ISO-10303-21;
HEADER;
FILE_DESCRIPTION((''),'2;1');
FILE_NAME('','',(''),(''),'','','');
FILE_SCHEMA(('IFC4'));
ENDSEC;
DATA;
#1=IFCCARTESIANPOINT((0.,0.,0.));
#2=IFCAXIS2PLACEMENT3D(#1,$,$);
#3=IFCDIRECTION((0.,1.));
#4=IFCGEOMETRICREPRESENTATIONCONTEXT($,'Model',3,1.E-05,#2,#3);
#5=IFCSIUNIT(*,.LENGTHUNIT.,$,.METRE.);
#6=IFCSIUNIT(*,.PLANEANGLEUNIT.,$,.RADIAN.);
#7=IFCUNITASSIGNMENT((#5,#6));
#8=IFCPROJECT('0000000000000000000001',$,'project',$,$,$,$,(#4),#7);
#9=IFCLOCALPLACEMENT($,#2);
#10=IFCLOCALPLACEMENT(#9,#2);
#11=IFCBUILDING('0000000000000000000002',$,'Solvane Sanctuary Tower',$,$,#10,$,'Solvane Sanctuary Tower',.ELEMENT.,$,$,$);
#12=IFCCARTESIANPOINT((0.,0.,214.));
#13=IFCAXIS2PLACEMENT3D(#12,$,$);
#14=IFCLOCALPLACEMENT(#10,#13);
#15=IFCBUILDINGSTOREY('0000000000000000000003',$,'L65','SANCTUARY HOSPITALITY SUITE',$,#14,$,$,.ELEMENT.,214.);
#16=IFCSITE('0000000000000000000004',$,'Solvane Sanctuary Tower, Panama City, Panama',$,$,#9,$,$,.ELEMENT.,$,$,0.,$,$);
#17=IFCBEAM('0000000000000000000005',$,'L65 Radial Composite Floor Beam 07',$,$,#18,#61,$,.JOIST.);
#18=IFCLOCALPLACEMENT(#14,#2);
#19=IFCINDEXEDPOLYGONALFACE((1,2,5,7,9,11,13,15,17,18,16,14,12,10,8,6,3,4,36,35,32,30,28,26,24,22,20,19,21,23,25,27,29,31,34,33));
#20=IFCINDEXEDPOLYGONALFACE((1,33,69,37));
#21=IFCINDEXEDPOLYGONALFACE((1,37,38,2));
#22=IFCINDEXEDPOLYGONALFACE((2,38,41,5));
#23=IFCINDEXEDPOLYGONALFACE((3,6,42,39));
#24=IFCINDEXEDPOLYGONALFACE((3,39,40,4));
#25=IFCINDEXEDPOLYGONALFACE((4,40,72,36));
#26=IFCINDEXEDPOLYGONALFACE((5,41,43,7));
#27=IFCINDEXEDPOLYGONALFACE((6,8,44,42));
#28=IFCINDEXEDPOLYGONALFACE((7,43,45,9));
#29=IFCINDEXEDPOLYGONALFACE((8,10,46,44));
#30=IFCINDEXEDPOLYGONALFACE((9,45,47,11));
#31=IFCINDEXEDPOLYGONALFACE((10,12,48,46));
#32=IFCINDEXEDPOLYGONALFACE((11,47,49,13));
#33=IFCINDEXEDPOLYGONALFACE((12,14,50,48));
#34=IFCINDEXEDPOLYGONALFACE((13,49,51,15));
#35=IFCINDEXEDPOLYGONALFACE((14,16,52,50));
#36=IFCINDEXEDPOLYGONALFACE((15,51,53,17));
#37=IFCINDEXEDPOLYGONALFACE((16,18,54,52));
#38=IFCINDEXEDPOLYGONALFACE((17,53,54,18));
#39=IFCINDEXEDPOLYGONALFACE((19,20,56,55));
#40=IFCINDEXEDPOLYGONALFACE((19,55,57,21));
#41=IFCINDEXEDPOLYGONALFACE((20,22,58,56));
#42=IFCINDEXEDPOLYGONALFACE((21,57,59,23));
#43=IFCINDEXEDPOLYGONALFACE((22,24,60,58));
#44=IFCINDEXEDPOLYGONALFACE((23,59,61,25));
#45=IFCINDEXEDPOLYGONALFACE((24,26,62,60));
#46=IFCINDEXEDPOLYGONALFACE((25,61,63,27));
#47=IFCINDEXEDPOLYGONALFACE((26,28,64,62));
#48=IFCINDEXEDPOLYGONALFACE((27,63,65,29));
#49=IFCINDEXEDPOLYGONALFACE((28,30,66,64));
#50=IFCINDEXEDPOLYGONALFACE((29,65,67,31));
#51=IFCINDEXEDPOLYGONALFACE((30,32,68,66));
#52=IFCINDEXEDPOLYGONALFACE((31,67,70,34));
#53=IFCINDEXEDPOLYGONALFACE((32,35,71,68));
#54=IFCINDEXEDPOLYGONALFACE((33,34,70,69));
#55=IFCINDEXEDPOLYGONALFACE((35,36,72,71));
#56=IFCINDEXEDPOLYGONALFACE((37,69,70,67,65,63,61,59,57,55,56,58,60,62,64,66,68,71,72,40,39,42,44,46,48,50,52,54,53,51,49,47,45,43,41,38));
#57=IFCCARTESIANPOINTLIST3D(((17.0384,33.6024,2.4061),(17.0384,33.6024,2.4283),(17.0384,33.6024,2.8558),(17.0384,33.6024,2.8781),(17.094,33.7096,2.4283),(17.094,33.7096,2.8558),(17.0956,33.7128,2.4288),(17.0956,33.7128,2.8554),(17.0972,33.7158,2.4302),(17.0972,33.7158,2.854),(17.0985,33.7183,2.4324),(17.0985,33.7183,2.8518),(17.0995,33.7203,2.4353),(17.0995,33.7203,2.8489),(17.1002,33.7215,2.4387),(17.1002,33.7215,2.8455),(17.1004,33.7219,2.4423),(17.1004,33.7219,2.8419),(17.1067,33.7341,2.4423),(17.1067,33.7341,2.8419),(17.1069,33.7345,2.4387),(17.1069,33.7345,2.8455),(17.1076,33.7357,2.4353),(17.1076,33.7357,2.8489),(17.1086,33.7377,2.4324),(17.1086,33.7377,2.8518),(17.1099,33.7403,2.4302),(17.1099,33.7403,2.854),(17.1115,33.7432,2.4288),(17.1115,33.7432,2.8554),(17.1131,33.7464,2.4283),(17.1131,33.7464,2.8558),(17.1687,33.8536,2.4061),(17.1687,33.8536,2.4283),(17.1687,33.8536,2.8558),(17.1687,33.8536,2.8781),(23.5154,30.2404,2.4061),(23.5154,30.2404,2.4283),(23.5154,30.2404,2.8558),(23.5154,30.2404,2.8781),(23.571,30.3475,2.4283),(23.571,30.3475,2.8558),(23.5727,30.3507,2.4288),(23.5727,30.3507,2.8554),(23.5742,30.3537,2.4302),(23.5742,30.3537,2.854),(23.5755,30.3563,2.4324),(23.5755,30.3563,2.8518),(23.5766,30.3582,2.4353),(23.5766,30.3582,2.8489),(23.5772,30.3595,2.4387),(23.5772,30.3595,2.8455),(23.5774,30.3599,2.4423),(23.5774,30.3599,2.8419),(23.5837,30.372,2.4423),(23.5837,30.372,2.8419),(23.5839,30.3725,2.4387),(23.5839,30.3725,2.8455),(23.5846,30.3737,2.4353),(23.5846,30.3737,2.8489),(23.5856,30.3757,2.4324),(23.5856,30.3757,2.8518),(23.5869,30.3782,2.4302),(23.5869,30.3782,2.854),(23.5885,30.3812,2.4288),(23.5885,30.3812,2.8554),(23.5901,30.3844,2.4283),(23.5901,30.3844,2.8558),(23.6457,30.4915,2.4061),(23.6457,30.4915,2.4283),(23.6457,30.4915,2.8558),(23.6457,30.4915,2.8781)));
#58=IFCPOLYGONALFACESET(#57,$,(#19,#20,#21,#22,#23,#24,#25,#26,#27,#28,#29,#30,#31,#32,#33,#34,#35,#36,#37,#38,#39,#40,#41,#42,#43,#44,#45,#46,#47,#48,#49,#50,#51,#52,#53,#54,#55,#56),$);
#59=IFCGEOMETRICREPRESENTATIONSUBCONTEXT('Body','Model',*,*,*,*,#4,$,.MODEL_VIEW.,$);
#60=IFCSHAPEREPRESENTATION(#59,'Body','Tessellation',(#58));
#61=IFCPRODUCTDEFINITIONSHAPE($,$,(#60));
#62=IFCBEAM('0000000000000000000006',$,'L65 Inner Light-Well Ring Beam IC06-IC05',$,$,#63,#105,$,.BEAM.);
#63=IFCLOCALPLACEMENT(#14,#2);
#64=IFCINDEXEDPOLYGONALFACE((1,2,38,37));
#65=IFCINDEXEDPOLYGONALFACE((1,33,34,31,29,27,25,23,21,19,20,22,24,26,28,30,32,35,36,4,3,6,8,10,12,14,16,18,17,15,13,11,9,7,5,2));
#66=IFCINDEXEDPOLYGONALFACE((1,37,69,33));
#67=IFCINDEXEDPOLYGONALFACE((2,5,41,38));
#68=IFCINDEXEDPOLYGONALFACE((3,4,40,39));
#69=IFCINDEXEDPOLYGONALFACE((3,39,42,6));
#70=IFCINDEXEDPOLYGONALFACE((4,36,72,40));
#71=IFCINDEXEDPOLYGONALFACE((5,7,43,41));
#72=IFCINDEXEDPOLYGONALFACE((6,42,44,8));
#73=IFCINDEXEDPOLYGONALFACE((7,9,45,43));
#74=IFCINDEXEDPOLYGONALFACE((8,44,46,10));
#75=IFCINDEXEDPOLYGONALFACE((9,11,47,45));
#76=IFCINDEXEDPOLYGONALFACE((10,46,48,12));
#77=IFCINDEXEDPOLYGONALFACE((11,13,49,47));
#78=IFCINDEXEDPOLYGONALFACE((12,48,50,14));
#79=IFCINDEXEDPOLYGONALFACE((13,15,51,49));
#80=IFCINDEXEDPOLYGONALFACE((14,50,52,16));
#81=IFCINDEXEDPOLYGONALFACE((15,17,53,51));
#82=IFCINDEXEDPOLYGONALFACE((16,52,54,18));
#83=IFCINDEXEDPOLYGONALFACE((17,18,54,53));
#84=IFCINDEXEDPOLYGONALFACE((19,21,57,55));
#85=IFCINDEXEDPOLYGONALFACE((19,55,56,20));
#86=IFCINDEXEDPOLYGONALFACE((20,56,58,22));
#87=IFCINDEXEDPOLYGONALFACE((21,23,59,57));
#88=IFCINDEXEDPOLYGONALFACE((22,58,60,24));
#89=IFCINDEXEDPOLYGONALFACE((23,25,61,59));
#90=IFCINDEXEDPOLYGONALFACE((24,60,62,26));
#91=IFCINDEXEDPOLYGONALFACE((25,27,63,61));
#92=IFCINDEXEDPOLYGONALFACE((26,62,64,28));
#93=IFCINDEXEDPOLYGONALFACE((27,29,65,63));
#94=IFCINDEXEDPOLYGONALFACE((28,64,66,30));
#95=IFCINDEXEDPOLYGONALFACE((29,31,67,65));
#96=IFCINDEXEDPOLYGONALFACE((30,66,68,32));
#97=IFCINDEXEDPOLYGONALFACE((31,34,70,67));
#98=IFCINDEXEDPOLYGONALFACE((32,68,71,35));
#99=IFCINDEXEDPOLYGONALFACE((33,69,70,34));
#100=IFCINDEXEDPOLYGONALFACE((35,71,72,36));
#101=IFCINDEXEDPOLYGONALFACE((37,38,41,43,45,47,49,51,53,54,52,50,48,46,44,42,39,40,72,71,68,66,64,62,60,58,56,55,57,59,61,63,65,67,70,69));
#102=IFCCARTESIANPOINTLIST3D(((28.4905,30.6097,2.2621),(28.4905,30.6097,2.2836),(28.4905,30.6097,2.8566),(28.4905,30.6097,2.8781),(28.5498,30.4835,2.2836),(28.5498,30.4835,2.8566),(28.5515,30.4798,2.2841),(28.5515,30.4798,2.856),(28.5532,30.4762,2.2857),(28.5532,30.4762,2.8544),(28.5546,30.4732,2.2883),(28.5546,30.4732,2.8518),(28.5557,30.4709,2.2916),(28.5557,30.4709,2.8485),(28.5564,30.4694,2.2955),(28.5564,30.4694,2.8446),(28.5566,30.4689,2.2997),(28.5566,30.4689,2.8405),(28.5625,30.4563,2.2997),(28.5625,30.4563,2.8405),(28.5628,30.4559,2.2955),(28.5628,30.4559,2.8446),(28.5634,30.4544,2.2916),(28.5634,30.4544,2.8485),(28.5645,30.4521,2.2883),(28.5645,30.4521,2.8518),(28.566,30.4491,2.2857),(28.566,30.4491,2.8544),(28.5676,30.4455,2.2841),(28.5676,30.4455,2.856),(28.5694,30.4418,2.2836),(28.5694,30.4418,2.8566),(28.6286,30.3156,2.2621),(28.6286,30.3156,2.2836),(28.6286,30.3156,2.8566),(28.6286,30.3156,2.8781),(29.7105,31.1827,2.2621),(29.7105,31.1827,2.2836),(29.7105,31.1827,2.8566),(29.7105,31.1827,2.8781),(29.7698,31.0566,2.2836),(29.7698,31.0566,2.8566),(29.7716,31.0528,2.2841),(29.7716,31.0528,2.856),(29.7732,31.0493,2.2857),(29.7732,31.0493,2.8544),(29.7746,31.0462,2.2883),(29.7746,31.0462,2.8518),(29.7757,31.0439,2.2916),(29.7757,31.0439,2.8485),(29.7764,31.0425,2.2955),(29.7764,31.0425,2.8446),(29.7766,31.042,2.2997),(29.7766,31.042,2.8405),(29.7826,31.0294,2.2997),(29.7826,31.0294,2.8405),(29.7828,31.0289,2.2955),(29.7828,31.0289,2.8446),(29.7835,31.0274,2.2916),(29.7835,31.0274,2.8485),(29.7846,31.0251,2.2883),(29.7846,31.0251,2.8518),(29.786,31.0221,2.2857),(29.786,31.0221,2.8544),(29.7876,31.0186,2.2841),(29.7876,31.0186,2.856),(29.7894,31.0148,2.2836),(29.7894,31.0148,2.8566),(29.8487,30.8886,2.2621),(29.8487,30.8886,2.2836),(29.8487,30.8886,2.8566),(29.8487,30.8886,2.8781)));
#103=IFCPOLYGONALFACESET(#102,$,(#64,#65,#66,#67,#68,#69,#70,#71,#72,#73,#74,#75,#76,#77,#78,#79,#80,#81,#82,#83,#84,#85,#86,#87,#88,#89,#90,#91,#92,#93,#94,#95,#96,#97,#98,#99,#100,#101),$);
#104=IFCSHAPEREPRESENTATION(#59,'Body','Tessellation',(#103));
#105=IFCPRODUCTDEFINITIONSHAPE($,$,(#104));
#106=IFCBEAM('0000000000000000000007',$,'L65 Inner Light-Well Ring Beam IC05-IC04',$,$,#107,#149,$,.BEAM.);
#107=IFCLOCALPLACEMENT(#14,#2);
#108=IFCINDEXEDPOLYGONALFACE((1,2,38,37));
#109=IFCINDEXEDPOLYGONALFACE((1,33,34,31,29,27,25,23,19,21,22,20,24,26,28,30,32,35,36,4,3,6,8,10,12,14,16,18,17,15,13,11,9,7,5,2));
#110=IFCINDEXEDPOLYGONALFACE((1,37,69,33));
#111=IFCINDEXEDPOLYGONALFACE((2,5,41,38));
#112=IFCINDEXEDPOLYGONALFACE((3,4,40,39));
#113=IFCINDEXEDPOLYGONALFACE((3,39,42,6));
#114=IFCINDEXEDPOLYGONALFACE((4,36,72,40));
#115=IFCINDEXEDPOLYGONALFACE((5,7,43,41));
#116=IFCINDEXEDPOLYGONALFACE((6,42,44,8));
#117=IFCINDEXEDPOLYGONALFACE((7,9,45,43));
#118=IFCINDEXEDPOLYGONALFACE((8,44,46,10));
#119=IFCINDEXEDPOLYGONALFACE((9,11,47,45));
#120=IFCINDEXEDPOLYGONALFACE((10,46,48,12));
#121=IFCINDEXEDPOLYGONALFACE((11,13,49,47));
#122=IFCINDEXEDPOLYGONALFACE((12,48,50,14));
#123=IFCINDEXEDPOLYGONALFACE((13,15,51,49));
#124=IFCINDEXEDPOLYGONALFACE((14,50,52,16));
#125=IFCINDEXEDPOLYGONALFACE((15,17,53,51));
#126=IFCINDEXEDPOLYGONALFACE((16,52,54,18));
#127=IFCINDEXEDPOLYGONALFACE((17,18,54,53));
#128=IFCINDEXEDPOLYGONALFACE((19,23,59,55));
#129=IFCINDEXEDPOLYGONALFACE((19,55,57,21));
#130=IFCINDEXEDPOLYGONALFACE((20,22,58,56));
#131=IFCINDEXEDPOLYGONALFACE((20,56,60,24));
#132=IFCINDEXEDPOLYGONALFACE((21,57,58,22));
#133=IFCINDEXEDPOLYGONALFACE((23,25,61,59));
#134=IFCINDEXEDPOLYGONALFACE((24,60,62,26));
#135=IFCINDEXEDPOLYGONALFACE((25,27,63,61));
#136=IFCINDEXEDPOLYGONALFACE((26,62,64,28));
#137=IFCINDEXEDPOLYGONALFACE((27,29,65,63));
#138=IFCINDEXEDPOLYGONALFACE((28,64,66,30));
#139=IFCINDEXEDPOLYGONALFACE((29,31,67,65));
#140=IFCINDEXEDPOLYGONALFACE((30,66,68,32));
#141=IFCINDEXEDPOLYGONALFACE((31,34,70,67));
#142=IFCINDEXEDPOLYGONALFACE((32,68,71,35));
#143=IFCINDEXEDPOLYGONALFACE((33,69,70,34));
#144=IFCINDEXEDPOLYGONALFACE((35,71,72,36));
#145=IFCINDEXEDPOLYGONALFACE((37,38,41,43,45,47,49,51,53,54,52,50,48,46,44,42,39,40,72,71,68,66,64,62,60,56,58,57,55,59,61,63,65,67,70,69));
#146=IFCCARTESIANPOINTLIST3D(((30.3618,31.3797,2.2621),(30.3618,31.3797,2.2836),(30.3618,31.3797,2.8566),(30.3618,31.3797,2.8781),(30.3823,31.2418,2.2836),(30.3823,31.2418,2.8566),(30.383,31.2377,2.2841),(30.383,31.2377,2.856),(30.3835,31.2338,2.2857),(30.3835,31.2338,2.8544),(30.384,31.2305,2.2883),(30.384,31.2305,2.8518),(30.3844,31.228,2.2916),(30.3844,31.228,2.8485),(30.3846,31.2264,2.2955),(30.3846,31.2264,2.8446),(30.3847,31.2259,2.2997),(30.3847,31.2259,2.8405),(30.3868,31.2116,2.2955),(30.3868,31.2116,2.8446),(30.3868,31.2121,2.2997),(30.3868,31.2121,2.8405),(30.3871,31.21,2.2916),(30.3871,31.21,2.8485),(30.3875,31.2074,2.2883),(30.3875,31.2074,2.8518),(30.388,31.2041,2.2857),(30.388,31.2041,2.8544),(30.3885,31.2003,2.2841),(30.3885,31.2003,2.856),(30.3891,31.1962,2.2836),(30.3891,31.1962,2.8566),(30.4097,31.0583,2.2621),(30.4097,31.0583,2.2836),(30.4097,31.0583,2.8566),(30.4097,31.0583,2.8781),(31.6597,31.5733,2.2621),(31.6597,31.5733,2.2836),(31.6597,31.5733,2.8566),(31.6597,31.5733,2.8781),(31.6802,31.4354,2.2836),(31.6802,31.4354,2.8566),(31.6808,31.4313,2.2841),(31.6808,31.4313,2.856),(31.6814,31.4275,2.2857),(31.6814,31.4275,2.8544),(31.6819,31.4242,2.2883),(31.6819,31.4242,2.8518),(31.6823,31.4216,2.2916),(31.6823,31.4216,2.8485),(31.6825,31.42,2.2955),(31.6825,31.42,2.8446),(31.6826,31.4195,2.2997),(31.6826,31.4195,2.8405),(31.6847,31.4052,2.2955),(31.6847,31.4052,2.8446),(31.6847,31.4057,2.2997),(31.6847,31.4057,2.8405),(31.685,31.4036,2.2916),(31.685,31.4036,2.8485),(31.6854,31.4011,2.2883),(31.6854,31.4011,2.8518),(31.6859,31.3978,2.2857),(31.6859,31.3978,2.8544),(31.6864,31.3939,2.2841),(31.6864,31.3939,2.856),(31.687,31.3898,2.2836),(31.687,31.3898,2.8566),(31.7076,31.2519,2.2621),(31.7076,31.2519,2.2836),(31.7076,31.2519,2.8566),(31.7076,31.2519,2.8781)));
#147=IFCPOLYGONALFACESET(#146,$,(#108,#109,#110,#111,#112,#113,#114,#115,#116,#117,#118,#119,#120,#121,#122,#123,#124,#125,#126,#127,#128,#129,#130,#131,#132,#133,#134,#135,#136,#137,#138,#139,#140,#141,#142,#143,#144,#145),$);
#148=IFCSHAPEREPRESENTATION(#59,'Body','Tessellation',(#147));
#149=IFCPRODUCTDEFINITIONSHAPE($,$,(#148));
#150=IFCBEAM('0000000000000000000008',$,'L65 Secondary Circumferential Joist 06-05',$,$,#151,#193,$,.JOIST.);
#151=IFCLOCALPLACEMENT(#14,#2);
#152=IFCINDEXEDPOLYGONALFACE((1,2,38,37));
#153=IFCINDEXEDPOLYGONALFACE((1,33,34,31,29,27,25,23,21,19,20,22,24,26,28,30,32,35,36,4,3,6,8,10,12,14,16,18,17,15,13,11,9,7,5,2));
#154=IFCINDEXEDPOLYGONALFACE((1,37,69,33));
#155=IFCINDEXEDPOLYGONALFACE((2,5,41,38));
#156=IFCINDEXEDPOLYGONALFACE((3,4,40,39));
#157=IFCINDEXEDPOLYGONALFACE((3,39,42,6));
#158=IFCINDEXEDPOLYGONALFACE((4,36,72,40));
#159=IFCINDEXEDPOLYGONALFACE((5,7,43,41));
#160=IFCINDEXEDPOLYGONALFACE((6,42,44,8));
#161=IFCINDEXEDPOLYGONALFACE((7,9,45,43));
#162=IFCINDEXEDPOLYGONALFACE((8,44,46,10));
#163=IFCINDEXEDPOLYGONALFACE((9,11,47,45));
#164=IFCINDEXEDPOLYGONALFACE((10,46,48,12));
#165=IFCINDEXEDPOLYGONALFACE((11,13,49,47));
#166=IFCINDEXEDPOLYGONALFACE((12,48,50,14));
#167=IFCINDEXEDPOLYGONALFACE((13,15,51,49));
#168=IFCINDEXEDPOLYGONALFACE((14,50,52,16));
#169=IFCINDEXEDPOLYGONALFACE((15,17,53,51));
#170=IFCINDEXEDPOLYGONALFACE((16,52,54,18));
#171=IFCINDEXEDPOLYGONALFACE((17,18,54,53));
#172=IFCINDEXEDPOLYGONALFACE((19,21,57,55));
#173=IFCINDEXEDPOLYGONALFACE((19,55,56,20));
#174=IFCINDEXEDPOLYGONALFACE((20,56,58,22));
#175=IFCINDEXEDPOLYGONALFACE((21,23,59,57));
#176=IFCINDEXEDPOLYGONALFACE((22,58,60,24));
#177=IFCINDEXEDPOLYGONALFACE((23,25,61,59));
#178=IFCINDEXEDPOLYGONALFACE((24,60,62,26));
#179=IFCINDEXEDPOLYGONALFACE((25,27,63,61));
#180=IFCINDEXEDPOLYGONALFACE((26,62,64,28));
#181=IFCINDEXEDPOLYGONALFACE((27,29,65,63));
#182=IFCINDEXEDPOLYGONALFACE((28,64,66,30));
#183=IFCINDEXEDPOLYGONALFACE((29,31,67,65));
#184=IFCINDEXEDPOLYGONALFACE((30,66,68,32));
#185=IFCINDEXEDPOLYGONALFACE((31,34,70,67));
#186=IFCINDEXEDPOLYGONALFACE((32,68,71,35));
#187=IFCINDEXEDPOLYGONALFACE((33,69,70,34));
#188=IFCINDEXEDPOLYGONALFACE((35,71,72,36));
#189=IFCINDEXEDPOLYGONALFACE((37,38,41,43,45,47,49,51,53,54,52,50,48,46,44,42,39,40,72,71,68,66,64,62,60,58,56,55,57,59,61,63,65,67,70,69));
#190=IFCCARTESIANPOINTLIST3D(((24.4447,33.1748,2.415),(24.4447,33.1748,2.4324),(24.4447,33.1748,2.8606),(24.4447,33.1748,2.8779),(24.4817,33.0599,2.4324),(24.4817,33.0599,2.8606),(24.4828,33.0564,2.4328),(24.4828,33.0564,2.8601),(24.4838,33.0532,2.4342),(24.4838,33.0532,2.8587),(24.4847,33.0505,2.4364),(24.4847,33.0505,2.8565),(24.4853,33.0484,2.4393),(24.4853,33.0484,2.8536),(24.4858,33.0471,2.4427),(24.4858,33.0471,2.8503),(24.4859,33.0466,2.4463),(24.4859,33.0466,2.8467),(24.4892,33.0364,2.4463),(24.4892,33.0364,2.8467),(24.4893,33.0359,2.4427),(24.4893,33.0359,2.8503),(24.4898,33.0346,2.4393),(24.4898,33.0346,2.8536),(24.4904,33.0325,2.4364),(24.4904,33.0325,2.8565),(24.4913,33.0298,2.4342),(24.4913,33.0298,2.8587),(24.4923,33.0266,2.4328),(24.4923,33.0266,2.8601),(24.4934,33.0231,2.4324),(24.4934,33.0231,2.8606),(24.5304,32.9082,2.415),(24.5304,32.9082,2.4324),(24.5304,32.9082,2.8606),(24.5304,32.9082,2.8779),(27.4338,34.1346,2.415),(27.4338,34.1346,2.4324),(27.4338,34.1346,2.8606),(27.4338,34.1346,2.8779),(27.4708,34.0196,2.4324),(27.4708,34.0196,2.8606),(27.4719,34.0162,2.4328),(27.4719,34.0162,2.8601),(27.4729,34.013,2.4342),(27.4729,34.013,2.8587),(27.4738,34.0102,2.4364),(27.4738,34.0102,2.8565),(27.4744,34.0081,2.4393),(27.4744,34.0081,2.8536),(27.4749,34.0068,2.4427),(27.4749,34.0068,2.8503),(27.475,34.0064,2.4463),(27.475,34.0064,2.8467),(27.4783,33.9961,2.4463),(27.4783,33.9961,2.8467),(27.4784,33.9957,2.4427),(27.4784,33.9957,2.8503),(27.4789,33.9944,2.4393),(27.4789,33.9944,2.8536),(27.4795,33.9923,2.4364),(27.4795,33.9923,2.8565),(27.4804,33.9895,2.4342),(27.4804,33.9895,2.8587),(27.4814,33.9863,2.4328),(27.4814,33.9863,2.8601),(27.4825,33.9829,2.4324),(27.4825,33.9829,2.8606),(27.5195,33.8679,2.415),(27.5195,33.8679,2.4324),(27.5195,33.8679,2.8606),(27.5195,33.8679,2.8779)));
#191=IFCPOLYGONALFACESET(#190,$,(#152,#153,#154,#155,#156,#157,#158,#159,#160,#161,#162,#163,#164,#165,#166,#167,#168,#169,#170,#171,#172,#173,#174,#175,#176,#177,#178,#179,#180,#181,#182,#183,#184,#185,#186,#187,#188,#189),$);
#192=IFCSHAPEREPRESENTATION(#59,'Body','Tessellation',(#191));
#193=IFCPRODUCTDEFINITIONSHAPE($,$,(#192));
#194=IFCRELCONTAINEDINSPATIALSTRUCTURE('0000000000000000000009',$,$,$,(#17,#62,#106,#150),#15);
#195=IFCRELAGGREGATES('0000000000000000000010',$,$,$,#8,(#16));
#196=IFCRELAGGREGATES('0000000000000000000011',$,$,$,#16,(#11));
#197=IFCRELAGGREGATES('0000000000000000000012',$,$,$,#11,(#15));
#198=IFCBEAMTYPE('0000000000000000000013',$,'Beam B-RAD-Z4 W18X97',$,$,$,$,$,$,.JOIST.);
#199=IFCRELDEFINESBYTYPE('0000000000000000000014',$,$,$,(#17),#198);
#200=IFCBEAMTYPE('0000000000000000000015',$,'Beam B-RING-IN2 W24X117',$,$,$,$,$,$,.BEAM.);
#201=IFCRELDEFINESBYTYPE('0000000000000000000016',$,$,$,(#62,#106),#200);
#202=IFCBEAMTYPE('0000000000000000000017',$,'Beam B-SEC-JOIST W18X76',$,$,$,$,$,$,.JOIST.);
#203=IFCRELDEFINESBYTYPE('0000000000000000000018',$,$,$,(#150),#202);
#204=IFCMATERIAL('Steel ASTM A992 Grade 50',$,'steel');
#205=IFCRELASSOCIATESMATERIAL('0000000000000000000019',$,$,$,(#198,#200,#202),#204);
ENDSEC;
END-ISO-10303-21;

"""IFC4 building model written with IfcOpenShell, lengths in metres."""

from ifc_helpers import new_model, si_unit, direction, frame, origin, origin_2d, place, context, subcontext, project, spatial, i_section, extrude, material, material_profile, profile_set, type_object, element, save


model = new_model("IFC4")

# Units and contexts
model_context = context("Model", 3, precision=1e-05, world=origin(), true_north=direction((0.0, 1.0)))
body_context = subcontext(model_context, "Body", "Model", "MODEL_VIEW")
ifc_project = project(units=[si_unit("LENGTHUNIT", "METRE"), si_unit("PLANEANGLEUNIT", "RADIAN")], contexts=[model_context])

# Site, building, storey
site_placement = place(None, origin())
site = spatial("IfcSite", under=ifc_project, at=site_placement, Name="Solvane Sanctuary Tower, Panama City, Panama", CompositionType="ELEMENT", RefElevation=0.0)
building_placement = place(site_placement, origin())
building = spatial("IfcBuilding", under=site, at=building_placement, Name="Solvane Sanctuary Tower", LongName="Solvane Sanctuary Tower", CompositionType="ELEMENT")
storey_placement = place(building_placement, frame((0.0, 0.0, 214.0)))
storey = spatial("IfcBuildingStorey", under=building, at=storey_placement, Name="L65", Description="SANCTUARY HOSPITALITY SUITE", CompositionType="ELEMENT", Elevation=214.0)

# Beams
ifc_material_1 = material(Name="Steel ASTM A992 Grade 50", Category="steel")
ifc_material_profile_1 = material_profile(ifc_material_1, i_section(OverallWidth=0.283, OverallDepth=0.4719, WebThickness=0.0137, FlangeThickness=0.0222, FilletRadius=0.0139, at=origin_2d()), Name="W18X97")
ifc_profile_set_1 = profile_set([ifc_material_profile_1], Name="Steel ASTM A992 Grade 50")
beam_type_1 = type_object("IfcBeamType", Name="Beam B-RAD-Z4 W18X97", PredefinedType="JOIST", material=ifc_profile_set_1)
beam_1_placement = place(storey_placement, frame((23.5806, 30.366, 2.6421), z_axis=(-0.887553, 0.460705, 0.0), x_axis=(-0.460705, -0.887553, 0.0)))
element("IfcBeam", 1, at=beam_1_placement, inside=storey, type_object=beam_type_1, Name="L65 Radial Composite Floor Beam 07", PredefinedType="JOIST", context=body_context, shape_type="SweptSolid", body=[
    extrude(i_section(OverallWidth=0.283, OverallDepth=0.4719, WebThickness=0.0137, FlangeThickness=0.0222, FilletRadius=0.0139, at=origin_2d()), origin(), (0.0, 0.0, 1.0), 7.2976),
])
ifc_material_profile_2 = material_profile(ifc_material_1, i_section(OverallWidth=0.325, OverallDepth=0.616, WebThickness=0.0139, FlangeThickness=0.0215, FilletRadius=0.0161, at=origin_2d()), Name="W24X117")
ifc_profile_set_2 = profile_set([ifc_material_profile_2], Name="Steel ASTM A992 Grade 50")
beam_type_2 = type_object("IfcBeamType", Name="Beam B-RING-IN2 W24X117", PredefinedType="BEAM", material=ifc_profile_set_2)
beam_2_placement = place(storey_placement, frame((28.5596, 30.4626, 2.5701), z_axis=(0.905135, 0.425125, 0.0), x_axis=(-0.425125, 0.905135, 0.0)))
element("IfcBeam", 2, at=beam_2_placement, inside=storey, type_object=beam_type_2, Name="L65 Inner Light-Well Ring Beam IC06-IC05", PredefinedType="BEAM", context=body_context, shape_type="SweptSolid", body=[
    extrude(i_section(OverallWidth=0.325, OverallDepth=0.616, WebThickness=0.0139, FlangeThickness=0.0215, FilletRadius=0.0161, at=origin_2d()), origin(), (0.0, 0.0, 1.0), 1.3479),
])
beam_3_placement = place(storey_placement, frame((30.3857, 31.219, 2.5701), z_axis=(0.989056, 0.14754, 0.0), x_axis=(-0.14754, 0.989056, 0.0)))
element("IfcBeam", 3, at=beam_3_placement, inside=storey, type_object=beam_type_2, Name="L65 Inner Light-Well Ring Beam IC05-IC04", PredefinedType="BEAM", context=body_context, shape_type="SweptSolid", body=[
    extrude(i_section(OverallWidth=0.325, OverallDepth=0.616, WebThickness=0.0139, FlangeThickness=0.0215, FilletRadius=0.0161, at=origin_2d()), origin(), (0.0, 0.0, 1.0), 1.3123),
])
ifc_material_profile_3 = material_profile(ifc_material_1, i_section(OverallWidth=0.28, OverallDepth=0.4629, WebThickness=0.0107, FlangeThickness=0.0173, FilletRadius=0.0139, at=origin_2d()), Name="W18X76")
ifc_profile_set_3 = profile_set([ifc_material_profile_3], Name="Steel ASTM A992 Grade 50")
beam_type_3 = type_object("IfcBeamType", Name="Beam B-SEC-JOIST W18X76", PredefinedType="JOIST", material=ifc_profile_set_3)
beam_4_placement = place(storey_placement, frame((24.4875, 33.0415, 2.6465), z_axis=(0.952125, 0.30571, 0.0), x_axis=(-0.30571, 0.952125, 0.0)))
element("IfcBeam", 4, at=beam_4_placement, inside=storey, type_object=beam_type_3, Name="L65 Secondary Circumferential Joist 06-05", PredefinedType="JOIST", context=body_context, shape_type="SweptSolid", body=[
    extrude(i_section(OverallWidth=0.28, OverallDepth=0.4629, WebThickness=0.0107, FlangeThickness=0.0173, FilletRadius=0.0139, at=origin_2d()), origin(), (0.0, 0.0, 1.0), 3.1394),
])

save(model, "model.ifc")
